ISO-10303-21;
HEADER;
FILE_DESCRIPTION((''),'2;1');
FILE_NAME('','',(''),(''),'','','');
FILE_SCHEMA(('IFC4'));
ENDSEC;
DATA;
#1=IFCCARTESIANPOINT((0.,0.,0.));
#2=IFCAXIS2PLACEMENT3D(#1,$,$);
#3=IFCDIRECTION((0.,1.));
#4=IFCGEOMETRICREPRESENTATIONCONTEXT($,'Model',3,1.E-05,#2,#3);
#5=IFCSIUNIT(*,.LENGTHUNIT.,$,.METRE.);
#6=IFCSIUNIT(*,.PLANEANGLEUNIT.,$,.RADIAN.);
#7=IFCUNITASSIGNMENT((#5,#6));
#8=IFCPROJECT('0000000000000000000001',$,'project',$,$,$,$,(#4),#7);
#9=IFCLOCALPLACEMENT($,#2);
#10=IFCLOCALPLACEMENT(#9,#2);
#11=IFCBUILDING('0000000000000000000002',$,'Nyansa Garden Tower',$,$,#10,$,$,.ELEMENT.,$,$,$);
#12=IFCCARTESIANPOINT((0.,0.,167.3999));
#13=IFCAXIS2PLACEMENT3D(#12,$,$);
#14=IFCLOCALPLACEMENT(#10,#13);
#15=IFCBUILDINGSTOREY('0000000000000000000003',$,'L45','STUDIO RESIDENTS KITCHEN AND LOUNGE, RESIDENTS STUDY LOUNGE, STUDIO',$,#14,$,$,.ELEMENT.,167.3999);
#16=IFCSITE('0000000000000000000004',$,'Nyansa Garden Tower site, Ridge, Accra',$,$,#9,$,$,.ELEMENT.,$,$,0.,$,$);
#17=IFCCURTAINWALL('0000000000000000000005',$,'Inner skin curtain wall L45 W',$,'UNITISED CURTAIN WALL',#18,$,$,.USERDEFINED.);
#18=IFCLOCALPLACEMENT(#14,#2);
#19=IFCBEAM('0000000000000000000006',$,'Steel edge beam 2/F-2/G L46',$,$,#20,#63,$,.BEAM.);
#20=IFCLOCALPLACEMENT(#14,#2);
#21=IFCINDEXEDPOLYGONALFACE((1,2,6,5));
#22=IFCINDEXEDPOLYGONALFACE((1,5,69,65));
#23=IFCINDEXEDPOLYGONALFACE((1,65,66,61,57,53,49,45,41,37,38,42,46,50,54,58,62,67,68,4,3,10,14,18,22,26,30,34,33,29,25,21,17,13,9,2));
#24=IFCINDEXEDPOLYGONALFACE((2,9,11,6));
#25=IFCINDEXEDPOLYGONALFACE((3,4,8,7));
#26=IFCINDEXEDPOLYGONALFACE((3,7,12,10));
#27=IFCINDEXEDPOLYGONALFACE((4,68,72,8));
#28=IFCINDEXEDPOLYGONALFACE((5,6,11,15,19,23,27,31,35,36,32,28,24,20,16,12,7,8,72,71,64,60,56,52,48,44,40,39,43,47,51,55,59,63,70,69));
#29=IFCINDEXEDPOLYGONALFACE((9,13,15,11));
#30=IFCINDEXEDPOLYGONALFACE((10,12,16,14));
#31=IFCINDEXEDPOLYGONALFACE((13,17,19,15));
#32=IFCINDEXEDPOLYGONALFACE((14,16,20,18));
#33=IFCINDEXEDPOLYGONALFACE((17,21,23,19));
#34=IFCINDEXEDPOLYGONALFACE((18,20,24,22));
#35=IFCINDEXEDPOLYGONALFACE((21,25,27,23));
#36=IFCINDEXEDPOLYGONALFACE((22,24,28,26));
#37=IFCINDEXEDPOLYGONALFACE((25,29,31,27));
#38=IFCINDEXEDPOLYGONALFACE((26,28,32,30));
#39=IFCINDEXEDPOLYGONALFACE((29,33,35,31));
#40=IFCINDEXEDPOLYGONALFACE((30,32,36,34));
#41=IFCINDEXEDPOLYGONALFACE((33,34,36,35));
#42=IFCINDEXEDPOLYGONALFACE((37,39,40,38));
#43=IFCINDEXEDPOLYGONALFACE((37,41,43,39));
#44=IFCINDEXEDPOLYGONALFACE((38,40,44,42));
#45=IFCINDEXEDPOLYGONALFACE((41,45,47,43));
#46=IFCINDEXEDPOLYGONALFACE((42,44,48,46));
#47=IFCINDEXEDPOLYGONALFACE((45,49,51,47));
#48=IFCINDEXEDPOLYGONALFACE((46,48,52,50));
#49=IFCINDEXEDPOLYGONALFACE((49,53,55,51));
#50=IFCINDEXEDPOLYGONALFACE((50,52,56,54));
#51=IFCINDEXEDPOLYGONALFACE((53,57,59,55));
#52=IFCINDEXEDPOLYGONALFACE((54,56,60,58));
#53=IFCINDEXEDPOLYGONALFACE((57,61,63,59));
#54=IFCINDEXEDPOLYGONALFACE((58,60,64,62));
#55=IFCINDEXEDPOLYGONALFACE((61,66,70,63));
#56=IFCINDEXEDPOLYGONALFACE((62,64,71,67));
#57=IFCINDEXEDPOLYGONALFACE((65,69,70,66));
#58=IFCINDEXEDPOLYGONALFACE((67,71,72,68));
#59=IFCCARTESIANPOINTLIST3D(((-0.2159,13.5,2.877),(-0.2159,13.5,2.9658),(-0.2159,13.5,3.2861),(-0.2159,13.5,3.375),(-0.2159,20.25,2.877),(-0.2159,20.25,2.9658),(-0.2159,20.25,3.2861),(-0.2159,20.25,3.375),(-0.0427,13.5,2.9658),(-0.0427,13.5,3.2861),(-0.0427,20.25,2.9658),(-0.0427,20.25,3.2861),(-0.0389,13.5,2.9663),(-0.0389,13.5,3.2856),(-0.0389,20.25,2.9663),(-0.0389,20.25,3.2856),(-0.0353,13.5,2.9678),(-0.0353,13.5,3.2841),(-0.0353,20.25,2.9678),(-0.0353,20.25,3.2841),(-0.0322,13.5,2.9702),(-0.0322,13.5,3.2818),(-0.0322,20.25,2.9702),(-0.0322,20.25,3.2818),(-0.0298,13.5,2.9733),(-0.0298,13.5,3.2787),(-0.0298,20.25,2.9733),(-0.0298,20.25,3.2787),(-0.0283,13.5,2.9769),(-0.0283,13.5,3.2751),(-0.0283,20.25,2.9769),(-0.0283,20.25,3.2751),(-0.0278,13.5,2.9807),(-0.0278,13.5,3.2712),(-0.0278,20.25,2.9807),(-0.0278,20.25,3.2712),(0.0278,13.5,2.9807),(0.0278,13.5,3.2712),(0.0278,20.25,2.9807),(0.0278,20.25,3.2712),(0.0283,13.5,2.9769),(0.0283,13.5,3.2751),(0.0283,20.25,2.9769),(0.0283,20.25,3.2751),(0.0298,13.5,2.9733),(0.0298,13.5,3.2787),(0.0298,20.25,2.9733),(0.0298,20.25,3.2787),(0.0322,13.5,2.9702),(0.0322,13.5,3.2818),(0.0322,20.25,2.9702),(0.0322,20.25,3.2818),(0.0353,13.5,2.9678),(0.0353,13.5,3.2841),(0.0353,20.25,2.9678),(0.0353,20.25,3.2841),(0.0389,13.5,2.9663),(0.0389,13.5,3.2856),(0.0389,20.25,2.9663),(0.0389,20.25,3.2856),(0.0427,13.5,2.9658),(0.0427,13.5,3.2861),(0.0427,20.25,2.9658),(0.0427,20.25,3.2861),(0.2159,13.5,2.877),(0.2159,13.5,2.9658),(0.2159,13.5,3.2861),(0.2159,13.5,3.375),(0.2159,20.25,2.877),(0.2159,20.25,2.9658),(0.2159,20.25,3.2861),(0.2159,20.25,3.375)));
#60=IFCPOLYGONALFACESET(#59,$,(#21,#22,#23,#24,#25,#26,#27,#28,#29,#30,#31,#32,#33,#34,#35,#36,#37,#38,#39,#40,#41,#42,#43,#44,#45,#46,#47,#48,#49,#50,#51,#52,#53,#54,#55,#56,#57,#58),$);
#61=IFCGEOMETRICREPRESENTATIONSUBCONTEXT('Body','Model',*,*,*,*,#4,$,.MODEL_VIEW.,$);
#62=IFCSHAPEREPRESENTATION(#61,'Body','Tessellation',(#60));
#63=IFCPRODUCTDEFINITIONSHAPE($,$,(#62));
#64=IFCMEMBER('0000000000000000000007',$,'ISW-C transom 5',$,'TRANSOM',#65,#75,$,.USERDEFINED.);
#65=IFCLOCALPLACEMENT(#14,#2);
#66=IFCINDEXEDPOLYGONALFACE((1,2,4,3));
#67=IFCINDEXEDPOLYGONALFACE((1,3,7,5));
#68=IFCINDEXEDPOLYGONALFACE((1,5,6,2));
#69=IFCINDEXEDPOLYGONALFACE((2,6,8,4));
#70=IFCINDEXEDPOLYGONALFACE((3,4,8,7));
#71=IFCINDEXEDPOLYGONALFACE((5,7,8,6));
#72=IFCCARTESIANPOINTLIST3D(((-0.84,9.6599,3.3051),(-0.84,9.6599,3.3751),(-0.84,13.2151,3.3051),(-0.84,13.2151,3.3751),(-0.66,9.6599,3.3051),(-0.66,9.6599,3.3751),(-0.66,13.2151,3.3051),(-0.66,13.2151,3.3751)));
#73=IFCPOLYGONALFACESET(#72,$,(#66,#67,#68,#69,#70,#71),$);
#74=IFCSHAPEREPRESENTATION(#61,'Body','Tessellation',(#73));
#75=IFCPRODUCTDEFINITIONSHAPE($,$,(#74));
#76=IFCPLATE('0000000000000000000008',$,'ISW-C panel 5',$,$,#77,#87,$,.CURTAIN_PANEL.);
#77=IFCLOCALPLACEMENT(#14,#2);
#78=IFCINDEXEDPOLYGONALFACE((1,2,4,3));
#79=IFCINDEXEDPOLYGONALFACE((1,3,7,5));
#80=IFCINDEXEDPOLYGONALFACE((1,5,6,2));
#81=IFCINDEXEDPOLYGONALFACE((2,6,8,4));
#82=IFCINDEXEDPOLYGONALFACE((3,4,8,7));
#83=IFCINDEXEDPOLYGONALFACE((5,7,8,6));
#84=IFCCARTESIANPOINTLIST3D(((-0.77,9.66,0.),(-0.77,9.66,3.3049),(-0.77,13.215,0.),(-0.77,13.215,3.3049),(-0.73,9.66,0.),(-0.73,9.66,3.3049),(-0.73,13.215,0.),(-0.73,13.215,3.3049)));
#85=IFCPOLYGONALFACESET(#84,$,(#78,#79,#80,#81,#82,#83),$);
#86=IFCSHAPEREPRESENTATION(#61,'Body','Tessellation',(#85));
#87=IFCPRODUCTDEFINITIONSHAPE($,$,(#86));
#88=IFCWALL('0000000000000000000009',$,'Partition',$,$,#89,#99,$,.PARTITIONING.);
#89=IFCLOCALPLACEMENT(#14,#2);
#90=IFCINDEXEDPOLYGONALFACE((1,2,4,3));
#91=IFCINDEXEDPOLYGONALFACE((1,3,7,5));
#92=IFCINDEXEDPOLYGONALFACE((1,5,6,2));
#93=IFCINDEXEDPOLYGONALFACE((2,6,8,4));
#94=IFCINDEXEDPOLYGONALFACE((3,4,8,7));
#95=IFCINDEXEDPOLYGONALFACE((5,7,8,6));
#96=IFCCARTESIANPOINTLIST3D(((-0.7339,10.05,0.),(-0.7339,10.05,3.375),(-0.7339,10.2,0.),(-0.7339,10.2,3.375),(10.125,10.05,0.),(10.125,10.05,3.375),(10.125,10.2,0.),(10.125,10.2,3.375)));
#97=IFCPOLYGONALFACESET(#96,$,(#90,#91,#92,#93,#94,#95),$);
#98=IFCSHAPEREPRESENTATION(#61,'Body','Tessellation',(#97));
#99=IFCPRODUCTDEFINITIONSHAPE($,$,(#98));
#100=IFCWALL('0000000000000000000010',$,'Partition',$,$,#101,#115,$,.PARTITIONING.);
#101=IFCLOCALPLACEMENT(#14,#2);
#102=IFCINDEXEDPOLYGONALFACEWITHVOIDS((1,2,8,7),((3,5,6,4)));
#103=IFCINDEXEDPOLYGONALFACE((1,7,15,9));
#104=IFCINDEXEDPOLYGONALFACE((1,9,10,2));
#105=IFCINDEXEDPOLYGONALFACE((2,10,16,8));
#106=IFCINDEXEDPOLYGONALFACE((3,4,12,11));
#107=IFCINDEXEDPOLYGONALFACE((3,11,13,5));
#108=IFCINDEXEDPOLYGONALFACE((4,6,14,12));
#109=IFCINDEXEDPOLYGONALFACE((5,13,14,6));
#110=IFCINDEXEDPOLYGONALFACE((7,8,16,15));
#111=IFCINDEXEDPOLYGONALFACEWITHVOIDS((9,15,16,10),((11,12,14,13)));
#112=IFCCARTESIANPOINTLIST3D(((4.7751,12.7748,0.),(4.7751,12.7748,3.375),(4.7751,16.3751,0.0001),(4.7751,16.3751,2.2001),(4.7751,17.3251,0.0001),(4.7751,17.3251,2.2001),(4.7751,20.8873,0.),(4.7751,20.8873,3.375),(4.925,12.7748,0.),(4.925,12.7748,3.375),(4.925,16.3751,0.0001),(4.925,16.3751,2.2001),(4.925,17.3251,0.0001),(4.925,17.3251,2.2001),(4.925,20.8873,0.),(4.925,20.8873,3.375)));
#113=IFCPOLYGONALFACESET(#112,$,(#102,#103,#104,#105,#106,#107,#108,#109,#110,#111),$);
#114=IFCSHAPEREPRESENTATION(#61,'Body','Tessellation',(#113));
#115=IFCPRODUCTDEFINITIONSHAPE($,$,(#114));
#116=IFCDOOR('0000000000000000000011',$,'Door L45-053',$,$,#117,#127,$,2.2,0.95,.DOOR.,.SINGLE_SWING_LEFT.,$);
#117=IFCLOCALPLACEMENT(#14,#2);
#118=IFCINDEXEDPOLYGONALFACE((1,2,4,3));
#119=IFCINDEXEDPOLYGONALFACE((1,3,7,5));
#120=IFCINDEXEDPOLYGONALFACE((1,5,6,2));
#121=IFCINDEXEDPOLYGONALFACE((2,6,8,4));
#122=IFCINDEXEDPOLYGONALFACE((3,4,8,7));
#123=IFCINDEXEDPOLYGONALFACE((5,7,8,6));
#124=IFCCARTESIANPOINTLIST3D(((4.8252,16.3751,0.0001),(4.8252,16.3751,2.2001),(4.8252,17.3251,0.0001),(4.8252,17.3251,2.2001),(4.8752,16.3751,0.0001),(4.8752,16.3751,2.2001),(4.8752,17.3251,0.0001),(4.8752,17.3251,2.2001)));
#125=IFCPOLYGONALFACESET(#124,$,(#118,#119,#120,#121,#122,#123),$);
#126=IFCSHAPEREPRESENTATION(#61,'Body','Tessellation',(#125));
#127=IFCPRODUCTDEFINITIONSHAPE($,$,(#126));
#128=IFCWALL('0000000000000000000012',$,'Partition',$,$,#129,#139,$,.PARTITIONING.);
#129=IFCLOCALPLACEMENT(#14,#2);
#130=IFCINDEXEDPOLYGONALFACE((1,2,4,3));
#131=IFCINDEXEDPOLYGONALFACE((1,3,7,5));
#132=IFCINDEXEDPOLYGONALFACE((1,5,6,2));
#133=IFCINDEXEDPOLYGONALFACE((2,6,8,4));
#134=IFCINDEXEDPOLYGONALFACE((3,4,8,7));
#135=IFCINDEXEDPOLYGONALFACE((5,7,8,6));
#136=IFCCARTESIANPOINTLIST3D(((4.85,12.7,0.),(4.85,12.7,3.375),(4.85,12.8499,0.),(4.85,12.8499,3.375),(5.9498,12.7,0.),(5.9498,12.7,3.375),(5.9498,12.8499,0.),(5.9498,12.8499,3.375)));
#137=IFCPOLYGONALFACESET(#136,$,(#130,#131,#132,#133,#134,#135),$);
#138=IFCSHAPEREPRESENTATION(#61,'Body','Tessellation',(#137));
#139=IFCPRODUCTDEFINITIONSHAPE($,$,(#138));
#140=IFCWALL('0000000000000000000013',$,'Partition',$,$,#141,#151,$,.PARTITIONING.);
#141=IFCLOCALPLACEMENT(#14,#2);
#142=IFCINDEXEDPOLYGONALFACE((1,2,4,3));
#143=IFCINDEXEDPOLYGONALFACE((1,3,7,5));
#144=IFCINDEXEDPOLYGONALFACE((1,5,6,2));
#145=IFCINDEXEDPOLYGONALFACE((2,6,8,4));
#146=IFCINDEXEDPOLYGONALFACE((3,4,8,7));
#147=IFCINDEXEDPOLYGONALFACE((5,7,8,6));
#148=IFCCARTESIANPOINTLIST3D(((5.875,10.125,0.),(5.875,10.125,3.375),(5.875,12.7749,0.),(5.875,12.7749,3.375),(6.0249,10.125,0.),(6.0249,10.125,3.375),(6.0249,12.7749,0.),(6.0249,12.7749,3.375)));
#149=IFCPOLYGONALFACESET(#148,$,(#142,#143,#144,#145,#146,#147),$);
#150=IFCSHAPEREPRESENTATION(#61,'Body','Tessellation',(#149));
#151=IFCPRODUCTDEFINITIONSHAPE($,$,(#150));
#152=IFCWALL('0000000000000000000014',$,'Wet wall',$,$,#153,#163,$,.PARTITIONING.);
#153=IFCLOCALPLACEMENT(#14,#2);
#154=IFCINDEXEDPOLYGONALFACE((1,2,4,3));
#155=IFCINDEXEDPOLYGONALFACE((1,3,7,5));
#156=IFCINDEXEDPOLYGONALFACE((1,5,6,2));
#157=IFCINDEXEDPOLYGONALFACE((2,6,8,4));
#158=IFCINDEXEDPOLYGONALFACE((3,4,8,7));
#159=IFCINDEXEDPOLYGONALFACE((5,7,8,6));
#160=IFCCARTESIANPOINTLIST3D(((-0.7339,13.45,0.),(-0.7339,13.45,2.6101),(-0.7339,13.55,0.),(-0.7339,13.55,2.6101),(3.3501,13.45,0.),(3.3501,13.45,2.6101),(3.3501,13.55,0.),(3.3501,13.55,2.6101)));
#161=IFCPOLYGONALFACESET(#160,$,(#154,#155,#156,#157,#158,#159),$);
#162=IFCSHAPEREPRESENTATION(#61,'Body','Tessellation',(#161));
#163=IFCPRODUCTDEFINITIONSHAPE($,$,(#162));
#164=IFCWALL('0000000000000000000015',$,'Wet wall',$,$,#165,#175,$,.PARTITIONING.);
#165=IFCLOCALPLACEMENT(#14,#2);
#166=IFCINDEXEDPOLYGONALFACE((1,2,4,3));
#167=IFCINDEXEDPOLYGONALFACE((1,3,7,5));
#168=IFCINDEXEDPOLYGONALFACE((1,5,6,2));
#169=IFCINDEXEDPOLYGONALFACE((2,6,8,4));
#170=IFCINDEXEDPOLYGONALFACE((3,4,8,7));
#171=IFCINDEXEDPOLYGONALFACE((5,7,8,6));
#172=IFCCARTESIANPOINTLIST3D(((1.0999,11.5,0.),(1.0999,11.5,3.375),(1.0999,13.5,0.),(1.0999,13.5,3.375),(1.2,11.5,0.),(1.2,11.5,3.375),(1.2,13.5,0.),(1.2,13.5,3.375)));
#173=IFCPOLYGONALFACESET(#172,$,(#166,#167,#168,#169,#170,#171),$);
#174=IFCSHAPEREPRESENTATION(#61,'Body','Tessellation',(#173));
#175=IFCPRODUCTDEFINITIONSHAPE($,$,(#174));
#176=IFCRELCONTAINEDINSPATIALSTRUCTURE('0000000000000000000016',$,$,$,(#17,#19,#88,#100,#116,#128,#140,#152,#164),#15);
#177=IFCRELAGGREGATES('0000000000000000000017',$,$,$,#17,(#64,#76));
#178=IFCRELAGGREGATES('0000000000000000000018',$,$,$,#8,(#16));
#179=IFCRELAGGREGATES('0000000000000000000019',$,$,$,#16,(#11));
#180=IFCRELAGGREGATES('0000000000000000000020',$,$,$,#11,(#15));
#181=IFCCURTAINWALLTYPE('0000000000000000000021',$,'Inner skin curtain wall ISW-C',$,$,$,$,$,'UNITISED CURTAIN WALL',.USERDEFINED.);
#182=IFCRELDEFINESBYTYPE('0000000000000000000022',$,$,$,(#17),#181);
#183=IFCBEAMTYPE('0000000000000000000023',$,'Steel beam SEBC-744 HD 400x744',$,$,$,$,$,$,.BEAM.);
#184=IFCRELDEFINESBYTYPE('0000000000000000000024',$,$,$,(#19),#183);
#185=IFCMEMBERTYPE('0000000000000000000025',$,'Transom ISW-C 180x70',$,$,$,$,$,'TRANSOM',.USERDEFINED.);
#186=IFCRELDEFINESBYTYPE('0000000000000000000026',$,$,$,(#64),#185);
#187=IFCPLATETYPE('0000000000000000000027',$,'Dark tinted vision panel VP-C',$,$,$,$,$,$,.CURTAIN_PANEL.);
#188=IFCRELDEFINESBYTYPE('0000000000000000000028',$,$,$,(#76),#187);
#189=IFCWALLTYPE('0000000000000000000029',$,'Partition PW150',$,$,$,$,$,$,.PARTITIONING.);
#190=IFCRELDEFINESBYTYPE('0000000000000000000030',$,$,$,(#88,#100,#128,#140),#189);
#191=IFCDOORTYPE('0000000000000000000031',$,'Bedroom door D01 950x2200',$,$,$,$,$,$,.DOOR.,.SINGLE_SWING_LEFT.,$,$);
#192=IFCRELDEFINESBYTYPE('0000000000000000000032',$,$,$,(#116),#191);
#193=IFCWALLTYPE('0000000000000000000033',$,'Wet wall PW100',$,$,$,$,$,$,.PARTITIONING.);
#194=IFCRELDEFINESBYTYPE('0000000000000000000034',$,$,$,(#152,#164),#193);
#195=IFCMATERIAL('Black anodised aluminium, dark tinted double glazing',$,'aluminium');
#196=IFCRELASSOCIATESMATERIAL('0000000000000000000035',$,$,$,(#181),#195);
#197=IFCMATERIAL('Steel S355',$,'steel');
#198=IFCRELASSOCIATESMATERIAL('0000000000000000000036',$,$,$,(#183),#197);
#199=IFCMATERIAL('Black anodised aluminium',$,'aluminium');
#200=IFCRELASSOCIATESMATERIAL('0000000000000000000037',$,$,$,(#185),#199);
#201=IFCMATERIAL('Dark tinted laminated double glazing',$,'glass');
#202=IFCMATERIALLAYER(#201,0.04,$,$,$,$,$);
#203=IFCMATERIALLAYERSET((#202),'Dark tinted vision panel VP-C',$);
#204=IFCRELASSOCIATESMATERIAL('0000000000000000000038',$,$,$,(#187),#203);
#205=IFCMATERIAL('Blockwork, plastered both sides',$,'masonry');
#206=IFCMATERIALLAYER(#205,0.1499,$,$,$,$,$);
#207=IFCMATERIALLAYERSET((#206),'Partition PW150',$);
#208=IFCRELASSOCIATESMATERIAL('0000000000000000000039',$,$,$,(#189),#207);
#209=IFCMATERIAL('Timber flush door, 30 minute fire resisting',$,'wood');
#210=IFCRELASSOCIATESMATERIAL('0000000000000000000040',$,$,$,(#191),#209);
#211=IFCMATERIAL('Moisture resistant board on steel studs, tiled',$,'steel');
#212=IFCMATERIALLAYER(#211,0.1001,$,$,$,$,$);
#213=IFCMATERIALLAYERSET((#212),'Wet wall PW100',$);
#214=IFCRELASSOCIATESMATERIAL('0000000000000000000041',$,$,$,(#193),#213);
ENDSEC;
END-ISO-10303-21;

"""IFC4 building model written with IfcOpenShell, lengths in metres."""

from ifc_helpers import new_model, si_unit, direction, frame, frame_2d, origin, origin_2d, place, context, subcontext, project, spatial, rectangle, i_section, extrude, material, layer, layer_set, material_profile, profile_set, type_object, element, fill, aggregate, save


model = new_model("IFC4")

# Units and contexts
model_context = context("Model", 3, precision=1e-05, world=origin(), true_north=direction((0.0, 1.0)))
body_context = subcontext(model_context, "Body", "Model", "MODEL_VIEW")
ifc_project = project(units=[si_unit("LENGTHUNIT", "METRE"), si_unit("PLANEANGLEUNIT", "RADIAN")], contexts=[model_context])

# Site, building, storey
site_placement = place(None, origin())
site = spatial("IfcSite", under=ifc_project, at=site_placement, Name="Nyansa Garden Tower site, Ridge, Accra", CompositionType="ELEMENT", RefElevation=0.0)
building_placement = place(site_placement, origin())
building = spatial("IfcBuilding", under=site, at=building_placement, Name="Nyansa Garden Tower", CompositionType="ELEMENT")
storey_placement = place(building_placement, frame((0.0, 0.0, 167.3999)))
storey = spatial("IfcBuildingStorey", under=building, at=storey_placement, Name="L45", Description="STUDIO RESIDENTS KITCHEN AND LOUNGE, RESIDENTS STUDY LOUNGE, STUDIO", CompositionType="ELEMENT", Elevation=167.3999)

# Curtain wall
ifc_material_1 = material(Name="Black anodised aluminium, dark tinted double glazing", Category="aluminium")
curtain_wall_type = type_object("IfcCurtainWallType", Name="Inner skin curtain wall ISW-C", ElementType="UNITISED CURTAIN WALL", PredefinedType="USERDEFINED", material=ifc_material_1)
curtain_wall_placement = place(storey_placement, origin())
curtain_wall = element("IfcCurtainWall", 1, at=curtain_wall_placement, inside=storey, type_object=curtain_wall_type, Name="Inner skin curtain wall L45 W", ObjectType="UNITISED CURTAIN WALL", PredefinedType="USERDEFINED")

# Beam
ifc_material_2 = material(Name="Steel S355", Category="steel")
ifc_material_profile_1 = material_profile(ifc_material_2, i_section(OverallWidth=0.4319, OverallDepth=0.498, WebThickness=0.0557, FlangeThickness=0.0889, FilletRadius=0.0149, at=origin_2d()), Name="HD 400x744")
ifc_profile_set_1 = profile_set([ifc_material_profile_1], Name="Steel S355")
beam_type_1 = type_object("IfcBeamType", Name="Steel beam SEBC-744 HD 400x744", PredefinedType="BEAM", material=ifc_profile_set_1)
beam_1_placement = place(storey_placement, frame((0.0, 13.5, 3.126), z_axis=(0.0, 1.0, 0.0), x_axis=(-1.0, 0.0, 0.0)))
element("IfcBeam", 2, at=beam_1_placement, inside=storey, type_object=beam_type_1, Name="Steel edge beam 2/F-2/G L46", PredefinedType="BEAM", context=body_context, shape_type="SweptSolid", body=[
    extrude(i_section(OverallWidth=0.4319, OverallDepth=0.498, WebThickness=0.0557, FlangeThickness=0.0889, FilletRadius=0.0149, at=origin_2d()), origin(), (0.0, 0.0, 1.0), 6.75),
])

# Member
ifc_material_3 = material(Name="Black anodised aluminium", Category="aluminium")
ifc_material_profile_2 = material_profile(ifc_material_3, rectangle(XDim=0.1799, YDim=0.0701, at=origin_2d()), Name="Transom 180x70")
ifc_profile_set_2 = profile_set([ifc_material_profile_2], Name="Black anodised aluminium")
member_type_1 = type_object("IfcMemberType", Name="Transom ISW-C 180x70", ElementType="TRANSOM", PredefinedType="USERDEFINED", material=ifc_profile_set_2)
member_1_placement = place(storey_placement, frame((-0.75, 13.2151, 3.3401), z_axis=(0.0, -1.0, 0.0), x_axis=(1.0, 0.0, 0.0)))
member_1 = element("IfcMember", 3, at=member_1_placement, type_object=member_type_1, Name="ISW-C transom 5", ObjectType="TRANSOM", PredefinedType="USERDEFINED", context=body_context, shape_type="SweptSolid", body=[
    extrude(rectangle(XDim=0.1799, YDim=0.0701, at=origin_2d()), origin(), (0.0, 0.0, 1.0), 3.5552),
])

# Plate
ifc_material_4 = material(Name="Dark tinted laminated double glazing", Category="glass")
ifc_layer_1 = layer(ifc_material_4, 0.04)
ifc_layer_set_1 = layer_set([ifc_layer_1], Name="Dark tinted vision panel VP-C")
plate_type = type_object("IfcPlateType", Name="Dark tinted vision panel VP-C", PredefinedType="CURTAIN_PANEL", material=ifc_layer_set_1)
plate_placement = place(storey_placement, frame((-0.75, 11.4375, 0.0), z_axis=(0.0, 0.0, 1.0), x_axis=(0.0, -1.0, 0.0)))
plate = element("IfcPlate", 4, at=plate_placement, type_object=plate_type, Name="ISW-C panel 5", PredefinedType="CURTAIN_PANEL", context=body_context, shape_type="SweptSolid", body=[
    extrude(rectangle(XDim=3.5549, YDim=0.04, at=origin_2d()), origin(), (0.0, 0.0, 1.0), 3.3049),
])
aggregate(curtain_wall, [member_1, plate])

# Wall
ifc_material_5 = material(Name="Blockwork, plastered both sides", Category="masonry")
ifc_layer_2 = layer(ifc_material_5, 0.1499)
ifc_layer_set_2 = layer_set([ifc_layer_2], Name="Partition PW150")
wall_type_1 = type_object("IfcWallType", Name="Partition PW150", PredefinedType="PARTITIONING", material=ifc_layer_set_2)
wall_1_placement = place(storey_placement, frame((-0.7339, 10.125, 0.0), z_axis=(0.0, 0.0, 1.0), x_axis=(1.0, 0.0, 0.0)))
element("IfcWall", 5, at=wall_1_placement, inside=storey, type_object=wall_type_1, Name="Partition", PredefinedType="PARTITIONING", context=body_context, shape_type="SweptSolid", body=[
    extrude(rectangle(XDim=10.8589, YDim=0.1499, at=frame_2d((5.4294, 0.0))), origin(), (0.0, 0.0, 1.0), 3.375),
])

# Wall, opening, door
wall_2_placement = place(storey_placement, frame((4.8501, 12.7749, 0.0), z_axis=(0.0, 0.0, 1.0), x_axis=(0.0, 1.0, 0.0)))
wall_2 = element("IfcWall", 6, at=wall_2_placement, inside=storey, type_object=wall_type_1, Name="Partition", PredefinedType="PARTITIONING", context=body_context, shape_type="SweptSolid", body=[
    extrude(rectangle(XDim=8.1125, YDim=0.1499, at=frame_2d((4.0562, 0.0))), origin(), (0.0, 0.0, 1.0), 3.375),
])
opening_1_placement = place(wall_2_placement, frame((3.6001, 0.0, 0.0)))
opening_1 = element("IfcOpeningElement", 7, at=opening_1_placement, cuts=wall_2, PredefinedType="OPENING", context=body_context, shape_type="SweptSolid", body=[
    extrude(rectangle(XDim=0.95, YDim=2.2, at=frame_2d((0.4751, 1.1001))), frame((0.0, 0.085, 0.0), z_axis=(0.0, -1.0, 0.0), x_axis=(1.0, 0.0, 0.0)), (0.0, 0.0, 1.0), 0.1699),
])
ifc_material_6 = material(Name="Timber flush door, 30 minute fire resisting", Category="wood")
door_type_1 = type_object("IfcDoorType", Name="Bedroom door D01 950x2200", OperationType="SINGLE_SWING_LEFT", PredefinedType="DOOR", material=ifc_material_6)
door_1_placement = place(opening_1_placement, origin())
door_1 = element("IfcDoor", 8, at=door_1_placement, inside=storey, type_object=door_type_1, Name="Door L45-053", OperationType="SINGLE_SWING_LEFT", OverallHeight=2.2, OverallWidth=0.95, PredefinedType="DOOR", context=body_context, shape_type="SweptSolid", body=[
    extrude(rectangle(XDim=0.95, YDim=2.2, at=frame_2d((0.4751, 1.1001))), frame((0.0, 0.0249, 0.0), z_axis=(0.0, -1.0, 0.0), x_axis=(1.0, 0.0, 0.0)), (0.0, 0.0, 1.0), 0.05),
])
fill(opening_1, door_1)

# Walls
wall_3_placement = place(storey_placement, frame((4.8501, 12.7749, 0.0), z_axis=(0.0, 0.0, 1.0), x_axis=(1.0, 0.0, 0.0)))
element("IfcWall", 9, at=wall_3_placement, inside=storey, type_object=wall_type_1, Name="Partition", PredefinedType="PARTITIONING", context=body_context, shape_type="SweptSolid", body=[
    extrude(rectangle(XDim=1.0999, YDim=0.1499, at=frame_2d((0.5498, 0.0))), origin(), (0.0, 0.0, 1.0), 3.375),
])
wall_4_placement = place(storey_placement, frame((5.95, 10.125, 0.0), z_axis=(0.0, 0.0, 1.0), x_axis=(0.0, 1.0, 0.0)))
element("IfcWall", 10, at=wall_4_placement, inside=storey, type_object=wall_type_1, Name="Partition", PredefinedType="PARTITIONING", context=body_context, shape_type="SweptSolid", body=[
    extrude(rectangle(XDim=2.6499, YDim=0.1499, at=frame_2d((1.325, 0.0))), origin(), (0.0, 0.0, 1.0), 3.375),
])
ifc_material_7 = material(Name="Moisture resistant board on steel studs, tiled", Category="steel")
ifc_layer_3 = layer(ifc_material_7, 0.1001)
ifc_layer_set_3 = layer_set([ifc_layer_3], Name="Wet wall PW100")
wall_type_2 = type_object("IfcWallType", Name="Wet wall PW100", PredefinedType="PARTITIONING", material=ifc_layer_set_3)
wall_5_placement = place(storey_placement, frame((-0.7339, 13.5, 0.0), z_axis=(0.0, 0.0, 1.0), x_axis=(1.0, 0.0, 0.0)))
element("IfcWall", 11, at=wall_5_placement, inside=storey, type_object=wall_type_2, Name="Wet wall", PredefinedType="PARTITIONING", context=body_context, shape_type="SweptSolid", body=[
    extrude(rectangle(XDim=4.084, YDim=0.1001, at=frame_2d((2.042, 0.0))), origin(), (0.0, 0.0, 1.0), 2.6101),
])
wall_6_placement = place(storey_placement, frame((1.1499, 11.5, 0.0), z_axis=(0.0, 0.0, 1.0), x_axis=(0.0, 1.0, 0.0)))
element("IfcWall", 12, at=wall_6_placement, inside=storey, type_object=wall_type_2, Name="Wet wall", PredefinedType="PARTITIONING", context=body_context, shape_type="SweptSolid", body=[
    extrude(rectangle(XDim=2.0, YDim=0.1001, at=frame_2d((1.0, 0.0))), origin(), (0.0, 0.0, 1.0), 3.375),
])

save(model, "model.ifc")
